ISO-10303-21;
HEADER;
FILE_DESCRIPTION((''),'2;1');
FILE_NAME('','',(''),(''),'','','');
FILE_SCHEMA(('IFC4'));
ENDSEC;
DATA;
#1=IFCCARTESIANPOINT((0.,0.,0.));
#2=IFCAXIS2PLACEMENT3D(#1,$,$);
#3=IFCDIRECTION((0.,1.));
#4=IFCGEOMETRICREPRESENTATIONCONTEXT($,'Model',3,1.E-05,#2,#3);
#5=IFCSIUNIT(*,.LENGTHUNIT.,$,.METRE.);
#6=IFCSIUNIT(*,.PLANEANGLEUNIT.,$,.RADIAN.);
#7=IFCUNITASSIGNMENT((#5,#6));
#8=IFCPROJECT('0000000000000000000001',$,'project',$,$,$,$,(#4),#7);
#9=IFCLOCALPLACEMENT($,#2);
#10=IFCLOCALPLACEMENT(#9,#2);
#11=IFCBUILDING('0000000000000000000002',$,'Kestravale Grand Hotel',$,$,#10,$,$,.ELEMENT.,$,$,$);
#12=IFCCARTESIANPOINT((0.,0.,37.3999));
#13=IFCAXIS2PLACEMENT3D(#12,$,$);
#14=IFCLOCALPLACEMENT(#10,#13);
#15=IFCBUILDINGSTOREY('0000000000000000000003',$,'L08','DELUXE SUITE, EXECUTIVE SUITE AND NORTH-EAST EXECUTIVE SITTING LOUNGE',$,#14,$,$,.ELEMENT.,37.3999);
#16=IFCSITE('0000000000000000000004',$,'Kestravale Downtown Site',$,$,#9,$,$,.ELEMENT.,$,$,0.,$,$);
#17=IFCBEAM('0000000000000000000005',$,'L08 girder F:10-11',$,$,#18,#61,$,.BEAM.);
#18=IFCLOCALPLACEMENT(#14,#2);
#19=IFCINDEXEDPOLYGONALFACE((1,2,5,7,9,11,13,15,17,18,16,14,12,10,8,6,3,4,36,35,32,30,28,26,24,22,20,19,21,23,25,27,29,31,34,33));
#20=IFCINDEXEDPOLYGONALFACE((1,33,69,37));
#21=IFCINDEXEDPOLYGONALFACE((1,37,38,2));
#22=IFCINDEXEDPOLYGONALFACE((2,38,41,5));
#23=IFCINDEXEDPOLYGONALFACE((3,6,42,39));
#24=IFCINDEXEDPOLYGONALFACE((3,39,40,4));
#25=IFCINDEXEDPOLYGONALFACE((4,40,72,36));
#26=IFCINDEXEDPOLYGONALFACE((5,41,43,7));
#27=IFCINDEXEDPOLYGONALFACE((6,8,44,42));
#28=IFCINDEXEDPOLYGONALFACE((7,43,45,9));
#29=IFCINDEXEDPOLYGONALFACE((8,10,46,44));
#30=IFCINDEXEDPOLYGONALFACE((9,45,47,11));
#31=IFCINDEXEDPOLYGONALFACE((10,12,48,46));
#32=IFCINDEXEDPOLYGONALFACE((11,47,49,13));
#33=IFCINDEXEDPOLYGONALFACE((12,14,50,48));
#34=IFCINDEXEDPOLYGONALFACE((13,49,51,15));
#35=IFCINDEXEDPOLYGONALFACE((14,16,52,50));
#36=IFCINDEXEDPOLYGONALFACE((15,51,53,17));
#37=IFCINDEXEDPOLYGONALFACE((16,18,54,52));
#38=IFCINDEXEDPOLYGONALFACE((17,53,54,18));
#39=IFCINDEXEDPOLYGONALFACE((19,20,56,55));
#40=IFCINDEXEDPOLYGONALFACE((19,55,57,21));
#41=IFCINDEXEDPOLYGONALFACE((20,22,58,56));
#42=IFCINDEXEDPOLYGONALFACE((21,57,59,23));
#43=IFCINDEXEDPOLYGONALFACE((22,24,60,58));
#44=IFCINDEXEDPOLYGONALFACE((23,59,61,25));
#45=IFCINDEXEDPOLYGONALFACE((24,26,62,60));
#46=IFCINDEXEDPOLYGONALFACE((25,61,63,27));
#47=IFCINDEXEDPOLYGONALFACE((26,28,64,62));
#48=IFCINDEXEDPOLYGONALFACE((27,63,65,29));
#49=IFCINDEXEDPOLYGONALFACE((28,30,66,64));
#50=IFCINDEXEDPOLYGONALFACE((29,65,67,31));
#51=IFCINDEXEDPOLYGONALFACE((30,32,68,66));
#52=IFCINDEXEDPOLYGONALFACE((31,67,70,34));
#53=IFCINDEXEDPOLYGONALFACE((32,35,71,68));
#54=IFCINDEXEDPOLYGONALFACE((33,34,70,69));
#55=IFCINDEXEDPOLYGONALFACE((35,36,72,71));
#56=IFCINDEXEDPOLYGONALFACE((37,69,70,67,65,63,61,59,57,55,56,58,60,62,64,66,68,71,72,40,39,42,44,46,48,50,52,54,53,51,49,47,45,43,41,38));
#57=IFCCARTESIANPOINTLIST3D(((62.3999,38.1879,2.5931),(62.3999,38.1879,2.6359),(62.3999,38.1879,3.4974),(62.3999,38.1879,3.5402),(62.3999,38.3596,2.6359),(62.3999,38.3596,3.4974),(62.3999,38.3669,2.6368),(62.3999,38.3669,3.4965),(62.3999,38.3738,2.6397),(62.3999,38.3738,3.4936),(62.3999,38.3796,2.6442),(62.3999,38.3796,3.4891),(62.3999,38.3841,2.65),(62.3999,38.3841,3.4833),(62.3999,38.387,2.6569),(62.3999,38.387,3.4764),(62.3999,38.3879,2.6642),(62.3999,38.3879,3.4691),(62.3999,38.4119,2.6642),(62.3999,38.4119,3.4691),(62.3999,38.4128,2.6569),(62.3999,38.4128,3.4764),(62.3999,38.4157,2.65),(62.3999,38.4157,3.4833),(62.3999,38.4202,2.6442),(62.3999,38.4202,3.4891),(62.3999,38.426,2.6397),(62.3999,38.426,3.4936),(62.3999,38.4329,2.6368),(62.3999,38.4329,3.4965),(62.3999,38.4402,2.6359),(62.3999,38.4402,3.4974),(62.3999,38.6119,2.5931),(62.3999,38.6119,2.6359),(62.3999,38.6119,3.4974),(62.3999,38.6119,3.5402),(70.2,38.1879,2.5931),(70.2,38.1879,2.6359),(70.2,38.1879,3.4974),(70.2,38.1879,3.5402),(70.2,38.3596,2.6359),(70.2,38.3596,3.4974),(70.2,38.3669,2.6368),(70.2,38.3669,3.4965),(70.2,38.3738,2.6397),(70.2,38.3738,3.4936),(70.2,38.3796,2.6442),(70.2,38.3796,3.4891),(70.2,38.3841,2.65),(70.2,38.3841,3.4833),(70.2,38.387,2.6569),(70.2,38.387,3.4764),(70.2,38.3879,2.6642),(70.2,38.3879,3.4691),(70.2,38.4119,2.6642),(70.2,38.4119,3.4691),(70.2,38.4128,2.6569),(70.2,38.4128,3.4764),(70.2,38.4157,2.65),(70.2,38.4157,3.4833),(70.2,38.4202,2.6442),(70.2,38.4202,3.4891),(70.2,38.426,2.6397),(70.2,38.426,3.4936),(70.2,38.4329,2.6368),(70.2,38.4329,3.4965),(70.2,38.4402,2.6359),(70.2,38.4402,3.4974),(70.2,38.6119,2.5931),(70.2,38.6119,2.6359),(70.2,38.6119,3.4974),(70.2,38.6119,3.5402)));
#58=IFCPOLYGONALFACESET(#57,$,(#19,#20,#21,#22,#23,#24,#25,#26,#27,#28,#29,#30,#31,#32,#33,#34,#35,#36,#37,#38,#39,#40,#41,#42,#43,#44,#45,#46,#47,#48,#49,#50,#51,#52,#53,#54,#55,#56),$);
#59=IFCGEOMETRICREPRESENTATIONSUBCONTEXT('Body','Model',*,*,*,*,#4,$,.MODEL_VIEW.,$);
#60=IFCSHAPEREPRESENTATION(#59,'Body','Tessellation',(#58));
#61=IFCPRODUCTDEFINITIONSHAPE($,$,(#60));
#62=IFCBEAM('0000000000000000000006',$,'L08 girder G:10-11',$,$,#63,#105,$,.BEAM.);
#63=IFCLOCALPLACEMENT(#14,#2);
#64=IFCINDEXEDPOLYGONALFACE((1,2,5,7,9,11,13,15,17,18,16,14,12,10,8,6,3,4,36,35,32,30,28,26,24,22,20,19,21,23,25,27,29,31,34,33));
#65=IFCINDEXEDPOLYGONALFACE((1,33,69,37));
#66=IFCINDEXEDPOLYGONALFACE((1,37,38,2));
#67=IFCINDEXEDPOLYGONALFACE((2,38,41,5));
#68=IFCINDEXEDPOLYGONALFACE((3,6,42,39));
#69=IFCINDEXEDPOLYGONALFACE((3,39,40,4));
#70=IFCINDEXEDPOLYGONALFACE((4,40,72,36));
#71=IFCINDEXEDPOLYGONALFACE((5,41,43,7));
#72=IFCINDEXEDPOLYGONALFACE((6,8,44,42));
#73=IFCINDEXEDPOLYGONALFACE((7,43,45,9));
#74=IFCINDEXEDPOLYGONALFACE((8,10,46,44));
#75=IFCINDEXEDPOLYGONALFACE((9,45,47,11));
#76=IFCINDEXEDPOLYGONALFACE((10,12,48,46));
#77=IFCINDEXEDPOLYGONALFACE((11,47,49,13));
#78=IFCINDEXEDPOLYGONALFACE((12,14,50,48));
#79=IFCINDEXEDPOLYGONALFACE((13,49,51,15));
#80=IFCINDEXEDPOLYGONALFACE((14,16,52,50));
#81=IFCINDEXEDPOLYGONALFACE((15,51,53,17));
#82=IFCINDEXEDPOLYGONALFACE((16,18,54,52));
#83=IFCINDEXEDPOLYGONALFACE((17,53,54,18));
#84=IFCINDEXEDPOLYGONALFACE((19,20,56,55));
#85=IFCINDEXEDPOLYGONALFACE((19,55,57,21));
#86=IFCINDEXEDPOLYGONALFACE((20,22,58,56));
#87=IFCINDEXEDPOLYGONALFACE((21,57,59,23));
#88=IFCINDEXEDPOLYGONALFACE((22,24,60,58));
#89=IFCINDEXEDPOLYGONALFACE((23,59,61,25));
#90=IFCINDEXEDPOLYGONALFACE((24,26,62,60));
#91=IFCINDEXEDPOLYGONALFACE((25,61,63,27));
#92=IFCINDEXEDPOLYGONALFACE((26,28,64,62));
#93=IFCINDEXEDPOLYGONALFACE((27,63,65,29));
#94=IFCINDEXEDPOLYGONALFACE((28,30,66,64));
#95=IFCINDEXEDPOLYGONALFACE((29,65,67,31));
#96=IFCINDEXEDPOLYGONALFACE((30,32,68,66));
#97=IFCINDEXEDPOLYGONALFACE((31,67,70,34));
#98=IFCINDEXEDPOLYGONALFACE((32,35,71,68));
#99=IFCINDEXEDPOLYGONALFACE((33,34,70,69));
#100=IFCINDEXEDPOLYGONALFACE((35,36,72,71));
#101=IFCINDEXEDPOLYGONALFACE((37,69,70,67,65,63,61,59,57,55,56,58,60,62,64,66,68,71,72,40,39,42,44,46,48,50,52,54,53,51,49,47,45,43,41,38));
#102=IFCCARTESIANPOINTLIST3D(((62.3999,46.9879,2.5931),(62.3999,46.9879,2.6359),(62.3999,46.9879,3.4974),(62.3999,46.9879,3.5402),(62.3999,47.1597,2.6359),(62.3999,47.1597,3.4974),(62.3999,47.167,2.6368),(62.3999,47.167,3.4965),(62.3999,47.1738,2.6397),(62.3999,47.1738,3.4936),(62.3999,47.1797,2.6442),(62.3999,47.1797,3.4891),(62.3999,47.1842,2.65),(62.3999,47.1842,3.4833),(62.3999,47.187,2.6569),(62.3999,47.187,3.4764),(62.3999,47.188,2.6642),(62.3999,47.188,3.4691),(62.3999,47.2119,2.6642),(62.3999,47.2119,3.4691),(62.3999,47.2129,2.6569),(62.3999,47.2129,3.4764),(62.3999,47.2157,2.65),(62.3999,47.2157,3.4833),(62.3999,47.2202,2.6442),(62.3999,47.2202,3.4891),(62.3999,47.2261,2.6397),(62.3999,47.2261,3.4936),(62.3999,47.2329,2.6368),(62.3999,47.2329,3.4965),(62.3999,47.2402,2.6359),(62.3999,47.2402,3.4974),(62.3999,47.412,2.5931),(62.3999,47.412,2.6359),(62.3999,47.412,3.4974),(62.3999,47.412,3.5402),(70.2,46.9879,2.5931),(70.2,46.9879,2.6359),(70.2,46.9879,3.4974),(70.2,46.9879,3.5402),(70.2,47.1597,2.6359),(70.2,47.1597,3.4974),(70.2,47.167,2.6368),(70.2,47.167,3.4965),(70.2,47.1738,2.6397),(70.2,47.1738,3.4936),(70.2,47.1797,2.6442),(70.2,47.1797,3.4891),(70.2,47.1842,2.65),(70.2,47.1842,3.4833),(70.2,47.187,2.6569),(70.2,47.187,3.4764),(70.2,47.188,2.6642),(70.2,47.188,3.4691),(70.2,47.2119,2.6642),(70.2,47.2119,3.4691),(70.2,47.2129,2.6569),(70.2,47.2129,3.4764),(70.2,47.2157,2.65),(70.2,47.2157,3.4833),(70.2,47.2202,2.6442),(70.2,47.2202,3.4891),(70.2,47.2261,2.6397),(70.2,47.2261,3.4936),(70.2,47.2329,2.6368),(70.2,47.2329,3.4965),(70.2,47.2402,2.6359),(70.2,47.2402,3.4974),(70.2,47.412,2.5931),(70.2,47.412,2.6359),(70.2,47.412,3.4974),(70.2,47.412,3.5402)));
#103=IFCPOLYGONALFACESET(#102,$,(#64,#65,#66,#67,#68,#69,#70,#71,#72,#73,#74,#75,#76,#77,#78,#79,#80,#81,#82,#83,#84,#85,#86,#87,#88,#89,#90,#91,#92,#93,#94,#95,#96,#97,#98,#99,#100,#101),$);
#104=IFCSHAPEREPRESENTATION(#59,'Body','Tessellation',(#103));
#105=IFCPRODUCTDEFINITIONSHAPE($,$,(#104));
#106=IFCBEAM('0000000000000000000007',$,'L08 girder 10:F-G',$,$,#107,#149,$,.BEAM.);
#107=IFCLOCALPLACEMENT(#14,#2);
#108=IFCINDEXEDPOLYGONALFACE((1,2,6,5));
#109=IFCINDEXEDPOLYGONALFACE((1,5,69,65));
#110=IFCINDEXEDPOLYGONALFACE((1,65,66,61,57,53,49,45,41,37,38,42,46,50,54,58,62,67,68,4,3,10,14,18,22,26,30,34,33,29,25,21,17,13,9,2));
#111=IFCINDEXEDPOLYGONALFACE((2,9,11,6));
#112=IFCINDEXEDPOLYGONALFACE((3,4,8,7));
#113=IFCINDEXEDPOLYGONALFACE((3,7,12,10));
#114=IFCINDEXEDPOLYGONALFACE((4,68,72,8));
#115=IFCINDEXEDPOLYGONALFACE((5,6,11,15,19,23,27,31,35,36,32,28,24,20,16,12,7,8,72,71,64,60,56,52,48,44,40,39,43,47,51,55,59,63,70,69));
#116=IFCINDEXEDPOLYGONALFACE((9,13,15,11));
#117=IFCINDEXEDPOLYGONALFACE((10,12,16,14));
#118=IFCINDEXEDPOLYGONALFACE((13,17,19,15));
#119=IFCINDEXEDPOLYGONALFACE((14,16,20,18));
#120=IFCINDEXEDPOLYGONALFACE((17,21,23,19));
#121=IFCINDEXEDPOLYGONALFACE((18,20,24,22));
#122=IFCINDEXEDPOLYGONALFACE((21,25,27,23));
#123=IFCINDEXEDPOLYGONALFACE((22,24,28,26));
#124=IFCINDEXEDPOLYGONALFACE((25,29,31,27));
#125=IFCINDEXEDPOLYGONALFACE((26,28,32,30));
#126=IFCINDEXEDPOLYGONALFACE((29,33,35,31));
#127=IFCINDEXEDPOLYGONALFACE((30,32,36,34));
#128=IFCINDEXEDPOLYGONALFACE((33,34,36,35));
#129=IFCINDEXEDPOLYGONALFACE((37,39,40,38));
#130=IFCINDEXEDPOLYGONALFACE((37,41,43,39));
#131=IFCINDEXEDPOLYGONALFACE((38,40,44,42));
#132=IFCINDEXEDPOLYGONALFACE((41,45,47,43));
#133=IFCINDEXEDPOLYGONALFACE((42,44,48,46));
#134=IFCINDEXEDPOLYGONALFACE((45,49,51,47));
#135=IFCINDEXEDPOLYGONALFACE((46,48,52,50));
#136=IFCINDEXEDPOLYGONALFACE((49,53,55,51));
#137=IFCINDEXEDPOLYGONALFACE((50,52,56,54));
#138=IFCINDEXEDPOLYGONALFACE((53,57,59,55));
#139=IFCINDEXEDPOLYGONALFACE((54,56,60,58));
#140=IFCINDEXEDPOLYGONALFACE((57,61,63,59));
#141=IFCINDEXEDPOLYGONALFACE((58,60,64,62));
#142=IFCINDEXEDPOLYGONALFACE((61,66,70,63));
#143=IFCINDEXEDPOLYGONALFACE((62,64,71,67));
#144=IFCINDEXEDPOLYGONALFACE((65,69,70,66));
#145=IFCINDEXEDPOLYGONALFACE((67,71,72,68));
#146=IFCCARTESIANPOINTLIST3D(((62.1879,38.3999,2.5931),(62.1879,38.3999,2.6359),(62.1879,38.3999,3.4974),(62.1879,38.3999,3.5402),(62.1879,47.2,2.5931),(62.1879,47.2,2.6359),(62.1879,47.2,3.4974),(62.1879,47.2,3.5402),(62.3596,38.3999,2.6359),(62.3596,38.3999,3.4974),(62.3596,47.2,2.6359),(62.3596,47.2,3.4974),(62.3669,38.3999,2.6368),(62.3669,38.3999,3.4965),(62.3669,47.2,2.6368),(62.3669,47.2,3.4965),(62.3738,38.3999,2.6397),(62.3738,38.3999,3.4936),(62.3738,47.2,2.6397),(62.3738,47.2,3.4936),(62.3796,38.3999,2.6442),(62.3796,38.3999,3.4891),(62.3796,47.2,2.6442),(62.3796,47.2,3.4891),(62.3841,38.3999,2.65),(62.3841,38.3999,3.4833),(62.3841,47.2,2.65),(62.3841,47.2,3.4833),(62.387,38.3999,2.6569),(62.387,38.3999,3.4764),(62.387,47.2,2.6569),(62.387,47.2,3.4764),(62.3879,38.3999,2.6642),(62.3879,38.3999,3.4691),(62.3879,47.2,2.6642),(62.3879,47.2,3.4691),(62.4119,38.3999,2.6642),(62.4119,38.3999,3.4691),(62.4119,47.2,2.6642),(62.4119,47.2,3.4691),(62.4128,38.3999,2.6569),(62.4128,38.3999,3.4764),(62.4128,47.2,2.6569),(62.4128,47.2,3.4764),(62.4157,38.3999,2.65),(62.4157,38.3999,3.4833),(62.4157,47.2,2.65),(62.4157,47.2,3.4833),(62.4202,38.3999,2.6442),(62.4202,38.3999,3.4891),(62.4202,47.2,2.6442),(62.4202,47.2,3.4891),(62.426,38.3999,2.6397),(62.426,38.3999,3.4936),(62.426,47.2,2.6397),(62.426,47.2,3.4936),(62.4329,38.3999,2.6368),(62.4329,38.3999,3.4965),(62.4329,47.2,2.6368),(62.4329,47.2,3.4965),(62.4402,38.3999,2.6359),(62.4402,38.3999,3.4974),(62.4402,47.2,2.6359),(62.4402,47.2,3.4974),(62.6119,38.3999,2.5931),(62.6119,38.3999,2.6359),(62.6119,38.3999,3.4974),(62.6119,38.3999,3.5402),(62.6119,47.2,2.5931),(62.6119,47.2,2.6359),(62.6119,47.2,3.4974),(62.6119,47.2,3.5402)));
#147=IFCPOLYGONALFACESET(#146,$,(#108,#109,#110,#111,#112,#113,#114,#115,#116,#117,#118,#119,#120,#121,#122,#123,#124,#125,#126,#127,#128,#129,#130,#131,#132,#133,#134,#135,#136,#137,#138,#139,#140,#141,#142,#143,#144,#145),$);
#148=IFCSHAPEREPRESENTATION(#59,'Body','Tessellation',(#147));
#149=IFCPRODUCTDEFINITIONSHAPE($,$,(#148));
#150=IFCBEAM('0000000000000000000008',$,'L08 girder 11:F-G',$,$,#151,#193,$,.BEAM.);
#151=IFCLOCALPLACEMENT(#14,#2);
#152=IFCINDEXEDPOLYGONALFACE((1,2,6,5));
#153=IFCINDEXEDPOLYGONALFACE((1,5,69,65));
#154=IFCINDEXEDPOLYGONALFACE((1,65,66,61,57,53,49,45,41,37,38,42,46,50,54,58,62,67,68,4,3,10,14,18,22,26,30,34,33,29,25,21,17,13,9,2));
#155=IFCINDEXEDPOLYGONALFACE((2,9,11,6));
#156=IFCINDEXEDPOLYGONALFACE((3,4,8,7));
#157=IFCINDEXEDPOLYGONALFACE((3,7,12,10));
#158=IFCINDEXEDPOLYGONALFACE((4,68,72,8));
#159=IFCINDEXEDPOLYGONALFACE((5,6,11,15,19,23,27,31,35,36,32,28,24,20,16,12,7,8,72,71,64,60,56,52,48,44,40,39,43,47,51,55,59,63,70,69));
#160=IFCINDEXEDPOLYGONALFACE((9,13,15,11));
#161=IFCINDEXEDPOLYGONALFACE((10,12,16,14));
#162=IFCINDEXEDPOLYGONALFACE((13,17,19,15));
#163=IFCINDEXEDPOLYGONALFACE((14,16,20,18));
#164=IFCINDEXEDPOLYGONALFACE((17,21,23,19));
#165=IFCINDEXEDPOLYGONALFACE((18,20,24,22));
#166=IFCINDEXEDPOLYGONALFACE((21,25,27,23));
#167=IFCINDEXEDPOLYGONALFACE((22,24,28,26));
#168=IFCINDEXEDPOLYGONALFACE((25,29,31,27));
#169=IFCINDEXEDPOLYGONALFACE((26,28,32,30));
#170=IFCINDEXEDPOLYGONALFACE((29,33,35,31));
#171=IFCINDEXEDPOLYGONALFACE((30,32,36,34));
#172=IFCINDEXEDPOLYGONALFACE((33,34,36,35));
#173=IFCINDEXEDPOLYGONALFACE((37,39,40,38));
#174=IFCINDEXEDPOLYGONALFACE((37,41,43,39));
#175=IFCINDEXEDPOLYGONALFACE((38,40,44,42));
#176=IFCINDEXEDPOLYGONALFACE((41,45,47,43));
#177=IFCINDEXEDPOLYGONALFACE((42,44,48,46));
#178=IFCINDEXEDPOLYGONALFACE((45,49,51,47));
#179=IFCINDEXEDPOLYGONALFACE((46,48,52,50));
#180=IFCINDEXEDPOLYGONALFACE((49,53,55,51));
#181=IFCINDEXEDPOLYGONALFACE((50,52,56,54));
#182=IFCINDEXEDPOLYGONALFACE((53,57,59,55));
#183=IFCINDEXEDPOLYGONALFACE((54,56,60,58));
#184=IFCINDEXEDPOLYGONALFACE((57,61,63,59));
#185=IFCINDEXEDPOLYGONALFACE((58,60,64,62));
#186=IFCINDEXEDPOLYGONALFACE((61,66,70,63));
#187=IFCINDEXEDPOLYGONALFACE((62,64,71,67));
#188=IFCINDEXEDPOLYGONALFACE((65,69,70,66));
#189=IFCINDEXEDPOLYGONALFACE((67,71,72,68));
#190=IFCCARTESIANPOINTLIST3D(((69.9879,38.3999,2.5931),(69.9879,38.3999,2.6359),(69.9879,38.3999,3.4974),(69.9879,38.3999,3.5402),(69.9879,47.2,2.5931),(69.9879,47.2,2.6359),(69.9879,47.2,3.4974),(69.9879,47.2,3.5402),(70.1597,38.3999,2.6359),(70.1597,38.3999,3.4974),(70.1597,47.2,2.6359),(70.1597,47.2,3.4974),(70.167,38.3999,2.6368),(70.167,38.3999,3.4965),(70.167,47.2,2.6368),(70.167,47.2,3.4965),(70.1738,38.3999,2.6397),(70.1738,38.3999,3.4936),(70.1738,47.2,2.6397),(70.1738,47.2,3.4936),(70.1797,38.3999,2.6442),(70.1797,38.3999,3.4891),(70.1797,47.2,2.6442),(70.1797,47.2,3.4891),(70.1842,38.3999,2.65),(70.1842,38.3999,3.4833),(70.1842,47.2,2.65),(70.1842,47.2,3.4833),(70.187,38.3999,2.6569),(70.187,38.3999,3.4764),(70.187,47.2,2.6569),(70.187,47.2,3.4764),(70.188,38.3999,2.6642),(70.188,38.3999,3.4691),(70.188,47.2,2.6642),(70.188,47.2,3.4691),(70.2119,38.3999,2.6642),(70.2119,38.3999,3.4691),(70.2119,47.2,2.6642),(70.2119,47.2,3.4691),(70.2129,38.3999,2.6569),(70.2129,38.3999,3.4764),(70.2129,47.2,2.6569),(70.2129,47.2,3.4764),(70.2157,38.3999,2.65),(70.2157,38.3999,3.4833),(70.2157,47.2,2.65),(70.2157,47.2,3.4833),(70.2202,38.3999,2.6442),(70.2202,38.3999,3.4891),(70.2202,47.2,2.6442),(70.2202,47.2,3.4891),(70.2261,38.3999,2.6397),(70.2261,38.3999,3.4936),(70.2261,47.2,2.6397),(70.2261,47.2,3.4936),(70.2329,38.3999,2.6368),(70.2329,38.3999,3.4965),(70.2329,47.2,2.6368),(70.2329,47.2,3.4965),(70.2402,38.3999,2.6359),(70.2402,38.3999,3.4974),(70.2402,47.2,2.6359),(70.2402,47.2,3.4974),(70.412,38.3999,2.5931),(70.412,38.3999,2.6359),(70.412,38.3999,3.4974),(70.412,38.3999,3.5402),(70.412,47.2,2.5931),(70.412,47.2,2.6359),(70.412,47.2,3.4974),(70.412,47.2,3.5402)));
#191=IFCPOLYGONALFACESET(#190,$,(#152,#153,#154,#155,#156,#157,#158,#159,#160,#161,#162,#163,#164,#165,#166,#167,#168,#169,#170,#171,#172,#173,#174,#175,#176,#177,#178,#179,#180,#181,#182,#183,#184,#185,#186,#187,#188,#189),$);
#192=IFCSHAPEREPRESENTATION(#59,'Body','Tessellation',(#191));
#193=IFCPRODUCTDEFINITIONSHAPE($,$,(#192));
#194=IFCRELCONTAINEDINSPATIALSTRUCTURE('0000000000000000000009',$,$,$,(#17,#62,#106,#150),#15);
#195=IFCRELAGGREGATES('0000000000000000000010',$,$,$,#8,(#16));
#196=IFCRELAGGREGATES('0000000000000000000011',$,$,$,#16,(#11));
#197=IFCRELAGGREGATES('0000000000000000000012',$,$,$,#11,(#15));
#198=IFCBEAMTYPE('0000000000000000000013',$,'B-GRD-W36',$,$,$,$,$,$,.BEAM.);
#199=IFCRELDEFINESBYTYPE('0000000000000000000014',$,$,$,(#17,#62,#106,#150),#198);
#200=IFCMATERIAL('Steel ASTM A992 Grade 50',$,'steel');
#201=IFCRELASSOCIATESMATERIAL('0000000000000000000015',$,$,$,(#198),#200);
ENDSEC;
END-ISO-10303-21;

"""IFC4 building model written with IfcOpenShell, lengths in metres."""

from ifc_helpers import new_model, si_unit, direction, frame, origin, origin_2d, place, context, subcontext, project, spatial, i_section, extrude, material, material_profile, profile_set, type_object, element, save


model = new_model("IFC4")

# Units and contexts
model_context = context("Model", 3, precision=1e-05, world=origin(), true_north=direction((0.0, 1.0)))
body_context = subcontext(model_context, "Body", "Model", "MODEL_VIEW")
ifc_project = project(units=[si_unit("LENGTHUNIT", "METRE"), si_unit("PLANEANGLEUNIT", "RADIAN")], contexts=[model_context])

# Site, building, storey
site_placement = place(None, origin())
site = spatial("IfcSite", under=ifc_project, at=site_placement, Name="Kestravale Downtown Site", CompositionType="ELEMENT", RefElevation=0.0)
building_placement = place(site_placement, origin())
building = spatial("IfcBuilding", under=site, at=building_placement, Name="Kestravale Grand Hotel", CompositionType="ELEMENT")
storey_placement = place(building_placement, frame((0.0, 0.0, 37.3999)))
storey = spatial("IfcBuildingStorey", under=building, at=storey_placement, Name="L08", Description="DELUXE SUITE, EXECUTIVE SUITE AND NORTH-EAST EXECUTIVE SITTING LOUNGE", CompositionType="ELEMENT", Elevation=37.3999)

# Beams
ifc_material_1 = material(Name="Steel ASTM A992 Grade 50", Category="steel")
ifc_material_profile_1 = material_profile(ifc_material_1, i_section(OverallWidth=0.4241, OverallDepth=0.947, WebThickness=0.0239, FlangeThickness=0.0427, FilletRadius=0.0283, at=origin_2d()))
ifc_profile_set_1 = profile_set([ifc_material_profile_1], Name="Steel ASTM A992 Grade 50")
beam_type_1 = type_object("IfcBeamType", Name="B-GRD-W36", PredefinedType="BEAM", material=ifc_profile_set_1)
for number, where, z_axis, x_axis, name in (
    (1, (62.3999, 38.3999, 3.0667), (1.0, 0.0, 0.0), (0.0, 1.0, 0.0), "L08 girder F:10-11"),
    (2, (62.3999, 47.2, 3.0667), (1.0, 0.0, 0.0), (0.0, 1.0, 0.0), "L08 girder G:10-11"),
):
    element("IfcBeam", number, at=place(storey_placement, frame(where, z_axis=z_axis, x_axis=x_axis)), inside=storey, type_object=beam_type_1, Name=name, PredefinedType="BEAM", context=body_context, shape_type="SweptSolid", body=[
        extrude(i_section(OverallWidth=0.4241, OverallDepth=0.947, WebThickness=0.0239, FlangeThickness=0.0427, FilletRadius=0.0283, at=origin_2d()), origin(), (0.0, 0.0, 1.0), 7.8),
    ])
for number, where, z_axis, x_axis, name in (
    (3, (62.3999, 38.3999, 3.0667), (0.0, 1.0, 0.0), (-1.0, 0.0, 0.0), "L08 girder 10:F-G"),
    (4, (70.2, 38.3999, 3.0667), (0.0, 1.0, 0.0), (-1.0, 0.0, 0.0), "L08 girder 11:F-G"),
):
    element("IfcBeam", number, at=place(storey_placement, frame(where, z_axis=z_axis, x_axis=x_axis)), inside=storey, type_object=beam_type_1, Name=name, PredefinedType="BEAM", context=body_context, shape_type="SweptSolid", body=[
        extrude(i_section(OverallWidth=0.4241, OverallDepth=0.947, WebThickness=0.0239, FlangeThickness=0.0427, FilletRadius=0.0283, at=origin_2d()), origin(), (0.0, 0.0, 1.0), 8.8),
    ])

save(model, "model.ifc")
